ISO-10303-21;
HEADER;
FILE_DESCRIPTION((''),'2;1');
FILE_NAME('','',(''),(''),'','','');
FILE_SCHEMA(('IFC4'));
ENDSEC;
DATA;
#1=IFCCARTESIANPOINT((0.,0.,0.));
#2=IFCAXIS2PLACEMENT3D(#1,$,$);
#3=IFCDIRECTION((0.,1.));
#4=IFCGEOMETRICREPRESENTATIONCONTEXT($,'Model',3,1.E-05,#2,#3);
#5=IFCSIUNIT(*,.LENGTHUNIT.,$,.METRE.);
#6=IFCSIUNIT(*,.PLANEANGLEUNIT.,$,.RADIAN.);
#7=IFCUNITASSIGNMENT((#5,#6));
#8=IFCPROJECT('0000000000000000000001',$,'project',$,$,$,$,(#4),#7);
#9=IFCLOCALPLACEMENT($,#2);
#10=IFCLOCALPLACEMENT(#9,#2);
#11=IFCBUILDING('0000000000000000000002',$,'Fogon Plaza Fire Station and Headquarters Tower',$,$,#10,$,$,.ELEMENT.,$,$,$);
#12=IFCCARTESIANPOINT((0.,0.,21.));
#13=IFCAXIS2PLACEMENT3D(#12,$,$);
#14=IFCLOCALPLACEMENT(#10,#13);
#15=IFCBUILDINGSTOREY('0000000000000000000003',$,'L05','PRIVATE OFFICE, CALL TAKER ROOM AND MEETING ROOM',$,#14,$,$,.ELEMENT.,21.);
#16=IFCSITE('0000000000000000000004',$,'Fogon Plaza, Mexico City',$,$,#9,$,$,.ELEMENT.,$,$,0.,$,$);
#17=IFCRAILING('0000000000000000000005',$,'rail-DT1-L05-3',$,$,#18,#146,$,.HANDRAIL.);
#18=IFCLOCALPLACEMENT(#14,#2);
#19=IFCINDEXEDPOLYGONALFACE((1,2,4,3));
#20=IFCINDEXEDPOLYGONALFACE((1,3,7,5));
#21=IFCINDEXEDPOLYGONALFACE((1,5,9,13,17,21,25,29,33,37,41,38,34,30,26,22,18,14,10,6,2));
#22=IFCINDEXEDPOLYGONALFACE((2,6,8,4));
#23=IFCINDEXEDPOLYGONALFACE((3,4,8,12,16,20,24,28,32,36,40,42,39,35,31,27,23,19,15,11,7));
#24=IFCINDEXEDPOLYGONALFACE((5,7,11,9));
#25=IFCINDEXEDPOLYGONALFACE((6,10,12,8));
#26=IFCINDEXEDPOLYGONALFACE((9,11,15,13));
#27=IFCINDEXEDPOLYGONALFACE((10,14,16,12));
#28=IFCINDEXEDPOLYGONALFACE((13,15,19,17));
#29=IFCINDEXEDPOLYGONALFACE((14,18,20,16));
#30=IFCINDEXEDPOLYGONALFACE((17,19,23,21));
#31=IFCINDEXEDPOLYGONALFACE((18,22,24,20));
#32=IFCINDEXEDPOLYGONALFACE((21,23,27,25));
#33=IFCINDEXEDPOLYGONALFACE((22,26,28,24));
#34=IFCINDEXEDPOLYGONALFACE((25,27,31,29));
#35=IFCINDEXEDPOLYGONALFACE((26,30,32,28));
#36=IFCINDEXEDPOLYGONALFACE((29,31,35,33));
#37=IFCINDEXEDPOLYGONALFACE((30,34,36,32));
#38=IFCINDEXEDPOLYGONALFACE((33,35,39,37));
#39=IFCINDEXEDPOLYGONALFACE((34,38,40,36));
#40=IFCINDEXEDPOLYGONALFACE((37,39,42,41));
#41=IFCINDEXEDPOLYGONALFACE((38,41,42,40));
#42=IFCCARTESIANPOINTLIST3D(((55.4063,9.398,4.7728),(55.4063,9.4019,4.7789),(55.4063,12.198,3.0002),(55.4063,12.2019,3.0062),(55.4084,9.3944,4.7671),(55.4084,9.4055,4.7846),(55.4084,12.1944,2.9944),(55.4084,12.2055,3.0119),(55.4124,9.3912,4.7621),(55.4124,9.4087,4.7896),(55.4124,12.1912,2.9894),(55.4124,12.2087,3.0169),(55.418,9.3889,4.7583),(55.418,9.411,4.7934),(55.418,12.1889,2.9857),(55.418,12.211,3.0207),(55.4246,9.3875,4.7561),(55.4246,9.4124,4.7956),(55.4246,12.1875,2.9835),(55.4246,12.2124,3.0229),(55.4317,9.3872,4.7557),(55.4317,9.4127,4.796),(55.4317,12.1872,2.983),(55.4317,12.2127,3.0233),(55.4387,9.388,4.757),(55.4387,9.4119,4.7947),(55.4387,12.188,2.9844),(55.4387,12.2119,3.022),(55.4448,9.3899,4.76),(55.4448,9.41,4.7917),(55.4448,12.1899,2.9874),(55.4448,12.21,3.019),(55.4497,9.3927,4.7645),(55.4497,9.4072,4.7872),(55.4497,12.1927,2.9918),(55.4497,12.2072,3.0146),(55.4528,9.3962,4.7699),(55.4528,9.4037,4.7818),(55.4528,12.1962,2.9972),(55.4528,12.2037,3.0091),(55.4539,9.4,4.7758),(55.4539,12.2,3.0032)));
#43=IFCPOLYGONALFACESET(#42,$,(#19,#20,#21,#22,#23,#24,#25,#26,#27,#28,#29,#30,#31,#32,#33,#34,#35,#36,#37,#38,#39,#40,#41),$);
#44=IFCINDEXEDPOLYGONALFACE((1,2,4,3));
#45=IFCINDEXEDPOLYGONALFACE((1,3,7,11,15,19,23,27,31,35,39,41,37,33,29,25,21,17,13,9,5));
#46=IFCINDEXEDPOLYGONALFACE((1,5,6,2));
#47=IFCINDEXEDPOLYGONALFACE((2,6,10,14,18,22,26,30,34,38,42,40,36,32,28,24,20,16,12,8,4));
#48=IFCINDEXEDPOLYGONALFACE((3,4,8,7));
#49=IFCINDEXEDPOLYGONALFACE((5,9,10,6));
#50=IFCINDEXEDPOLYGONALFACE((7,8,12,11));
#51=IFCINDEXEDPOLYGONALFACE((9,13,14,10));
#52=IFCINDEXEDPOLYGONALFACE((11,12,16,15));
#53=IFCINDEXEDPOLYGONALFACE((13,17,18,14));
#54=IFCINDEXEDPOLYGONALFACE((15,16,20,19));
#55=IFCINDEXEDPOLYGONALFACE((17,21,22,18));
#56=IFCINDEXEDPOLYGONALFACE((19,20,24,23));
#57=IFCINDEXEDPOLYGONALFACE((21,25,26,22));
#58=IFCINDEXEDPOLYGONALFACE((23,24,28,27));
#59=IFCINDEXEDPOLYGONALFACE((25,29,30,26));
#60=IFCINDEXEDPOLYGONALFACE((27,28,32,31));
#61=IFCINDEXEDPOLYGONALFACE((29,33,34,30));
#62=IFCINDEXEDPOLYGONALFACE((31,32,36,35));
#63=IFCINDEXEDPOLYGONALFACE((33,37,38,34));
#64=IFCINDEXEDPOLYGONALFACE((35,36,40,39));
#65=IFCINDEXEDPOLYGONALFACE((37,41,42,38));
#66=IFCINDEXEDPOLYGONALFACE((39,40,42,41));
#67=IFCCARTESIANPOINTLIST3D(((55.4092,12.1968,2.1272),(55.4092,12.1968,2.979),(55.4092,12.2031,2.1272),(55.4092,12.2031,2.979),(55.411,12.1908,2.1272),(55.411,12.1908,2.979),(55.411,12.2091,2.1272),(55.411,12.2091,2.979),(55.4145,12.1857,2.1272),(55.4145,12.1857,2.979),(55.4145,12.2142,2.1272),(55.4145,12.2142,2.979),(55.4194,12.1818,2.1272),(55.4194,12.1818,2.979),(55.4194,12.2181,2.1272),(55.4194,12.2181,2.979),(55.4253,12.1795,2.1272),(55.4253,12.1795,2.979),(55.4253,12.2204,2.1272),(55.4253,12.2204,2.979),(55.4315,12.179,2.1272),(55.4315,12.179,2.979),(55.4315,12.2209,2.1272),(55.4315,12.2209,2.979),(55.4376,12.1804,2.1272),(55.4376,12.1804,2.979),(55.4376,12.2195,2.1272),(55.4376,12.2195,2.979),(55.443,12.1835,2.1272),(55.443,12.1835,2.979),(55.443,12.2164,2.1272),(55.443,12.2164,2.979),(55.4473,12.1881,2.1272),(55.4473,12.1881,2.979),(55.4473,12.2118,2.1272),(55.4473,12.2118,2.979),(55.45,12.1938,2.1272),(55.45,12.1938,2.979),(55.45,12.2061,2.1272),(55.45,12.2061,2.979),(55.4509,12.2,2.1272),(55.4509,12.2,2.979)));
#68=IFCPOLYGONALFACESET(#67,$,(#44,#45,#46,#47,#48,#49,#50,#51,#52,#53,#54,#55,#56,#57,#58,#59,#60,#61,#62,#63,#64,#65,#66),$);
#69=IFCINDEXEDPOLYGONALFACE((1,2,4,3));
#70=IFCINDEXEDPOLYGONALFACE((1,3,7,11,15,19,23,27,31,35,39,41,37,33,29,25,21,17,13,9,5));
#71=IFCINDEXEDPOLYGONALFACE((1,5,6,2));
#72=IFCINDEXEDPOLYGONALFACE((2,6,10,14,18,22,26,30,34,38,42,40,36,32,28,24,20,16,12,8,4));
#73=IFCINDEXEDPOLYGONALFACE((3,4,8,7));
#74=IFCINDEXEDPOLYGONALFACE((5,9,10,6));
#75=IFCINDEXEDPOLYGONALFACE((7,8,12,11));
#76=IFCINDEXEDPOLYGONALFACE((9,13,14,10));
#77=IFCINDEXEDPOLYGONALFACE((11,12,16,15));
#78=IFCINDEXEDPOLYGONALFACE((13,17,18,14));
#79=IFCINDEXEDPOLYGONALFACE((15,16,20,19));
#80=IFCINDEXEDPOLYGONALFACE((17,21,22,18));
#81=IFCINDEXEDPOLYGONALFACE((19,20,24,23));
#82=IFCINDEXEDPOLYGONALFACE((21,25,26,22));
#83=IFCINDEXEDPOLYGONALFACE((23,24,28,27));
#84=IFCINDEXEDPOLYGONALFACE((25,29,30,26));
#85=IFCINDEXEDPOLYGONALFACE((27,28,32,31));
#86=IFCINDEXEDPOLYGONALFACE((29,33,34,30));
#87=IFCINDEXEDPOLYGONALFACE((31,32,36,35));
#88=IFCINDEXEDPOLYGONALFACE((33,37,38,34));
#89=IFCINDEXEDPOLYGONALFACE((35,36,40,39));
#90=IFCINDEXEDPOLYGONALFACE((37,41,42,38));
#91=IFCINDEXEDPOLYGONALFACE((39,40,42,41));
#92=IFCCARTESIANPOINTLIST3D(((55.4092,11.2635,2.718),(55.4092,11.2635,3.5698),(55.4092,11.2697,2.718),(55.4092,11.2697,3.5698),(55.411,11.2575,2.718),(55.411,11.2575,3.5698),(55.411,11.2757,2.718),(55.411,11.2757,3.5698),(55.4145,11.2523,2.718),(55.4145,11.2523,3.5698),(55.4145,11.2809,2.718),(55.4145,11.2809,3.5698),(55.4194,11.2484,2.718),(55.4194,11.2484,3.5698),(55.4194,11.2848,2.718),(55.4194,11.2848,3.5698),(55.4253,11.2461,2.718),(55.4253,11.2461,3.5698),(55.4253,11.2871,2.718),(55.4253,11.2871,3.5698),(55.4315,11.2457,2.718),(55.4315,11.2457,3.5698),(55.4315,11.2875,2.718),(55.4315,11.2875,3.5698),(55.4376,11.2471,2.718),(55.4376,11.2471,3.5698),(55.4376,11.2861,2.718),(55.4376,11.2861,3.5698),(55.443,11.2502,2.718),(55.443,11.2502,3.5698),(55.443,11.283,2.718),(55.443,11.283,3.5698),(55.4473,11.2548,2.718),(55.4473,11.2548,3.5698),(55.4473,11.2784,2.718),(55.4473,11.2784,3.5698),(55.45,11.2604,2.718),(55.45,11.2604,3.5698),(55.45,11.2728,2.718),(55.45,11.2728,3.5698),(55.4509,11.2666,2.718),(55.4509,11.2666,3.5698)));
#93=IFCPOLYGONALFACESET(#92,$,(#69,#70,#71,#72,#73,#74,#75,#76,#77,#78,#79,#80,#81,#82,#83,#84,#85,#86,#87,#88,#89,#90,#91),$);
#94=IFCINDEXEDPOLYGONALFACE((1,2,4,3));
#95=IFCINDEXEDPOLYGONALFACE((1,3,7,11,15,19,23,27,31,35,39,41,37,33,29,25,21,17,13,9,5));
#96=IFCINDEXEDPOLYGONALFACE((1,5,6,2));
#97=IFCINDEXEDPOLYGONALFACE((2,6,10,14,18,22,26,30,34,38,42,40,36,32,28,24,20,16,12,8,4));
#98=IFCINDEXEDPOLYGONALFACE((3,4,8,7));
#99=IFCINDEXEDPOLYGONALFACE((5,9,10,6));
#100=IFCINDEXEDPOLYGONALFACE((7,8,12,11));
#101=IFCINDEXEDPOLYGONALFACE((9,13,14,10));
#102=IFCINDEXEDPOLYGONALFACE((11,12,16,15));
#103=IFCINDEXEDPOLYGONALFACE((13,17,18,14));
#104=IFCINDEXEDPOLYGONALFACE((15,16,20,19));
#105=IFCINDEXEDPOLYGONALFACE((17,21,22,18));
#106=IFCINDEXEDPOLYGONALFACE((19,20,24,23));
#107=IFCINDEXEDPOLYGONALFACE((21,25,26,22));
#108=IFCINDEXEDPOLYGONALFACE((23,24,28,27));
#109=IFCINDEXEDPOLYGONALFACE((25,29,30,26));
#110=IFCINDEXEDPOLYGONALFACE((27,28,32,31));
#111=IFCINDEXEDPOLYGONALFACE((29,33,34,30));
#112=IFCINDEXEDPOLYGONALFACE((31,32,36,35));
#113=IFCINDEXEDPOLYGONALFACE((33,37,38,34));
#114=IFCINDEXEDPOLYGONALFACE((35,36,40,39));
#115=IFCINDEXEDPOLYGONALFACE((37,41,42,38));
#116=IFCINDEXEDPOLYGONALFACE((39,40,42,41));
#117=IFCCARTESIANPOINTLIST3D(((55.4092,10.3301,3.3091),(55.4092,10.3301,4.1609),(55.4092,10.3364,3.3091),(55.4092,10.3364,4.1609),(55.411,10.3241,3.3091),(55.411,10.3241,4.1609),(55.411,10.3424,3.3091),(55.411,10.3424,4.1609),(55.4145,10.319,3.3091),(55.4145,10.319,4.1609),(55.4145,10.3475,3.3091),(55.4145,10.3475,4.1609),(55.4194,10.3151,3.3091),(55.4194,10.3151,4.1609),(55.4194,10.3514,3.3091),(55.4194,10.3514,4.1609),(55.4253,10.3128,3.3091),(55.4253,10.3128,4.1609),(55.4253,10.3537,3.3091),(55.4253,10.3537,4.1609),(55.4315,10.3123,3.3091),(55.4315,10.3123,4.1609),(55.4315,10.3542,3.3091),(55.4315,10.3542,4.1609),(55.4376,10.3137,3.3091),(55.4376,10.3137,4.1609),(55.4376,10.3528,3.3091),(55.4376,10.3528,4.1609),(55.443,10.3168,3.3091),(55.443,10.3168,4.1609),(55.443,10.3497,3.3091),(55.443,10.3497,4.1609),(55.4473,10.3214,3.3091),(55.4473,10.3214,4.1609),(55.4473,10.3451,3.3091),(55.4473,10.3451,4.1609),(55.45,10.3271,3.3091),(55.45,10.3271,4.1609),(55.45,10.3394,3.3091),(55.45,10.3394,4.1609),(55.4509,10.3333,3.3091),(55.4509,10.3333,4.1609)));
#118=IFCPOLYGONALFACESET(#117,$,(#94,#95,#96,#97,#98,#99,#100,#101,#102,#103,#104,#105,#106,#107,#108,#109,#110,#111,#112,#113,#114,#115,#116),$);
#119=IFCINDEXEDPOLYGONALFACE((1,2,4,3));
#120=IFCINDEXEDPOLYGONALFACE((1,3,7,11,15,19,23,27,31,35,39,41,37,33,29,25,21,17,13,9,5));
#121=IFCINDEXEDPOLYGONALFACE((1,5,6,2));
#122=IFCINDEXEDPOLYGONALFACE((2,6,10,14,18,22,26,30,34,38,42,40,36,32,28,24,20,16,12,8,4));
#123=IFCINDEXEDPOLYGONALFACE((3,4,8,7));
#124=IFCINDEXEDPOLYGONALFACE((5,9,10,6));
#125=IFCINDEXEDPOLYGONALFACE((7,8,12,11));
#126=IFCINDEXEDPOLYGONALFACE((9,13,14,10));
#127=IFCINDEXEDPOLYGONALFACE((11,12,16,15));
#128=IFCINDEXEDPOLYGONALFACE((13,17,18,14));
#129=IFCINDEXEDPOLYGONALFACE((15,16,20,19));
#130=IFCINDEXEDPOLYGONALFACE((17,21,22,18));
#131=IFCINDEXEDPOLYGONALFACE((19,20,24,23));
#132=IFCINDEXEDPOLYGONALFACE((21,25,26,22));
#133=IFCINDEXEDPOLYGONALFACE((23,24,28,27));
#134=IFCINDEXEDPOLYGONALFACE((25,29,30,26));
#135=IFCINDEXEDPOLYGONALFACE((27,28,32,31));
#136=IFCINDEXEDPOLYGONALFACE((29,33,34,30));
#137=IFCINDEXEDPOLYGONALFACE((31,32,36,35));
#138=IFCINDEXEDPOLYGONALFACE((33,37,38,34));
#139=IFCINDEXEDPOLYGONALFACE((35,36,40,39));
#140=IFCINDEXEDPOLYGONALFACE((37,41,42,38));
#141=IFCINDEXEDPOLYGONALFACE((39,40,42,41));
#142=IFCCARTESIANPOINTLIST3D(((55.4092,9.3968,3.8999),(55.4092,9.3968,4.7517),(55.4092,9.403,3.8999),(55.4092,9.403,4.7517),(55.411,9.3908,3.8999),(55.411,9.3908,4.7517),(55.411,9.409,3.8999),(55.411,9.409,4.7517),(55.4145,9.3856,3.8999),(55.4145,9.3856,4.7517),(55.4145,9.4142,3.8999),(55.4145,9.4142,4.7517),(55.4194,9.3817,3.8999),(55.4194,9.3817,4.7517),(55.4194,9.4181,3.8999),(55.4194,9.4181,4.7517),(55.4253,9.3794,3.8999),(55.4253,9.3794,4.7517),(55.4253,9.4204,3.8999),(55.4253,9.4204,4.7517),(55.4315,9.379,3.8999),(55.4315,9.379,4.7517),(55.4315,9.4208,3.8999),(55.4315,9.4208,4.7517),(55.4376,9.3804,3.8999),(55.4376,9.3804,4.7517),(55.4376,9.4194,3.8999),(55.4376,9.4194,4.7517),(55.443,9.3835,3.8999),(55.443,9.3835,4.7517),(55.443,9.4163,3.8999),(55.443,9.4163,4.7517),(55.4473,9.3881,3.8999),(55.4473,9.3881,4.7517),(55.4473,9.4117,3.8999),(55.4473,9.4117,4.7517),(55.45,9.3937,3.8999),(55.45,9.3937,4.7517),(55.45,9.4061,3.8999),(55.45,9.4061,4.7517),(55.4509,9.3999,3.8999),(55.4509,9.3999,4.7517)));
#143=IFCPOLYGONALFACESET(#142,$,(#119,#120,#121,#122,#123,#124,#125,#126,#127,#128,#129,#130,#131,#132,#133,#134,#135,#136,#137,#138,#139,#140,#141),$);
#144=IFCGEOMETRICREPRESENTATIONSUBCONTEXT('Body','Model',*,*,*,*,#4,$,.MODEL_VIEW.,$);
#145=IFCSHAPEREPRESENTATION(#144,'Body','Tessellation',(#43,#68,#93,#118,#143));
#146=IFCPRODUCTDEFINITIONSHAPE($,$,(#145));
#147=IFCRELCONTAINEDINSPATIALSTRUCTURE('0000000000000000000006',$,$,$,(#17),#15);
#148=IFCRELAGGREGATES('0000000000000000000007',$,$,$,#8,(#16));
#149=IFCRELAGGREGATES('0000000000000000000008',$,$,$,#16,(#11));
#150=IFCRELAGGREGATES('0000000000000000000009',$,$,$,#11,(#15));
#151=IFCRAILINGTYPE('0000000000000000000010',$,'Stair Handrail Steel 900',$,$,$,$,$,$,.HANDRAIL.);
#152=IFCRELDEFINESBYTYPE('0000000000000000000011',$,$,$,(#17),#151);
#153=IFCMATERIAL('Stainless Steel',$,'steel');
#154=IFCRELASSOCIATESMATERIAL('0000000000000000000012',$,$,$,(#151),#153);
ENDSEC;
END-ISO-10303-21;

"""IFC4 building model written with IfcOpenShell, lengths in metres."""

from ifc_helpers import new_model, si_unit, direction, frame, origin, origin_2d, place, context, subcontext, project, spatial, circle, extrude, material, type_object, element, save


model = new_model("IFC4")

# Units and contexts
model_context = context("Model", 3, precision=1e-05, world=origin(), true_north=direction((0.0, 1.0)))
body_context = subcontext(model_context, "Body", "Model", "MODEL_VIEW")
ifc_project = project(units=[si_unit("LENGTHUNIT", "METRE"), si_unit("PLANEANGLEUNIT", "RADIAN")], contexts=[model_context])

# Site, building, storey
site_placement = place(None, origin())
site = spatial("IfcSite", under=ifc_project, at=site_placement, Name="Fogon Plaza, Mexico City", CompositionType="ELEMENT", RefElevation=0.0)
building_placement = place(site_placement, origin())
building = spatial("IfcBuilding", under=site, at=building_placement, Name="Fogon Plaza Fire Station and Headquarters Tower", CompositionType="ELEMENT")
storey_placement = place(building_placement, frame((0.0, 0.0, 21.0)))
storey = spatial("IfcBuildingStorey", under=building, at=storey_placement, Name="L05", Description="PRIVATE OFFICE, CALL TAKER ROOM AND MEETING ROOM", CompositionType="ELEMENT", Elevation=21.0)

# Railing
ifc_material_1 = material(Name="Stainless Steel", Category="steel")
railing_type_1 = type_object("IfcRailingType", Name="Stair Handrail Steel 900", PredefinedType="HANDRAIL", material=ifc_material_1)
railing_1_placement = place(storey_placement, frame((55.4299, 12.2, 2.1272)))
element("IfcRailing", 1, at=railing_1_placement, inside=storey, type_object=railing_type_1, Name="rail-DT1-L05-3", PredefinedType="HANDRAIL", context=body_context, shape_type="SweptSolid", body=[
    extrude(circle(Radius=0.0239, at=origin_2d()), frame((0.0, 0.0, 0.876), z_axis=(0.0, -0.844909, 0.53491), x_axis=(1.0, 0.0, 0.0)), (0.0, 0.0, 1.0), 3.314),
    extrude(circle(Radius=0.021, at=origin_2d()), origin(), (0.0, 0.0, 1.0), 0.8518),
    extrude(circle(Radius=0.021, at=origin_2d()), frame((0.0, -0.9333, 0.5908)), (0.0, 0.0, 1.0), 0.8518),
    extrude(circle(Radius=0.021, at=origin_2d()), frame((0.0, -1.8667, 1.1819)), (0.0, 0.0, 1.0), 0.8518),
    extrude(circle(Radius=0.021, at=origin_2d()), frame((0.0, -2.8, 1.7727)), (0.0, 0.0, 1.0), 0.8518),
])

save(model, "model.ifc")
